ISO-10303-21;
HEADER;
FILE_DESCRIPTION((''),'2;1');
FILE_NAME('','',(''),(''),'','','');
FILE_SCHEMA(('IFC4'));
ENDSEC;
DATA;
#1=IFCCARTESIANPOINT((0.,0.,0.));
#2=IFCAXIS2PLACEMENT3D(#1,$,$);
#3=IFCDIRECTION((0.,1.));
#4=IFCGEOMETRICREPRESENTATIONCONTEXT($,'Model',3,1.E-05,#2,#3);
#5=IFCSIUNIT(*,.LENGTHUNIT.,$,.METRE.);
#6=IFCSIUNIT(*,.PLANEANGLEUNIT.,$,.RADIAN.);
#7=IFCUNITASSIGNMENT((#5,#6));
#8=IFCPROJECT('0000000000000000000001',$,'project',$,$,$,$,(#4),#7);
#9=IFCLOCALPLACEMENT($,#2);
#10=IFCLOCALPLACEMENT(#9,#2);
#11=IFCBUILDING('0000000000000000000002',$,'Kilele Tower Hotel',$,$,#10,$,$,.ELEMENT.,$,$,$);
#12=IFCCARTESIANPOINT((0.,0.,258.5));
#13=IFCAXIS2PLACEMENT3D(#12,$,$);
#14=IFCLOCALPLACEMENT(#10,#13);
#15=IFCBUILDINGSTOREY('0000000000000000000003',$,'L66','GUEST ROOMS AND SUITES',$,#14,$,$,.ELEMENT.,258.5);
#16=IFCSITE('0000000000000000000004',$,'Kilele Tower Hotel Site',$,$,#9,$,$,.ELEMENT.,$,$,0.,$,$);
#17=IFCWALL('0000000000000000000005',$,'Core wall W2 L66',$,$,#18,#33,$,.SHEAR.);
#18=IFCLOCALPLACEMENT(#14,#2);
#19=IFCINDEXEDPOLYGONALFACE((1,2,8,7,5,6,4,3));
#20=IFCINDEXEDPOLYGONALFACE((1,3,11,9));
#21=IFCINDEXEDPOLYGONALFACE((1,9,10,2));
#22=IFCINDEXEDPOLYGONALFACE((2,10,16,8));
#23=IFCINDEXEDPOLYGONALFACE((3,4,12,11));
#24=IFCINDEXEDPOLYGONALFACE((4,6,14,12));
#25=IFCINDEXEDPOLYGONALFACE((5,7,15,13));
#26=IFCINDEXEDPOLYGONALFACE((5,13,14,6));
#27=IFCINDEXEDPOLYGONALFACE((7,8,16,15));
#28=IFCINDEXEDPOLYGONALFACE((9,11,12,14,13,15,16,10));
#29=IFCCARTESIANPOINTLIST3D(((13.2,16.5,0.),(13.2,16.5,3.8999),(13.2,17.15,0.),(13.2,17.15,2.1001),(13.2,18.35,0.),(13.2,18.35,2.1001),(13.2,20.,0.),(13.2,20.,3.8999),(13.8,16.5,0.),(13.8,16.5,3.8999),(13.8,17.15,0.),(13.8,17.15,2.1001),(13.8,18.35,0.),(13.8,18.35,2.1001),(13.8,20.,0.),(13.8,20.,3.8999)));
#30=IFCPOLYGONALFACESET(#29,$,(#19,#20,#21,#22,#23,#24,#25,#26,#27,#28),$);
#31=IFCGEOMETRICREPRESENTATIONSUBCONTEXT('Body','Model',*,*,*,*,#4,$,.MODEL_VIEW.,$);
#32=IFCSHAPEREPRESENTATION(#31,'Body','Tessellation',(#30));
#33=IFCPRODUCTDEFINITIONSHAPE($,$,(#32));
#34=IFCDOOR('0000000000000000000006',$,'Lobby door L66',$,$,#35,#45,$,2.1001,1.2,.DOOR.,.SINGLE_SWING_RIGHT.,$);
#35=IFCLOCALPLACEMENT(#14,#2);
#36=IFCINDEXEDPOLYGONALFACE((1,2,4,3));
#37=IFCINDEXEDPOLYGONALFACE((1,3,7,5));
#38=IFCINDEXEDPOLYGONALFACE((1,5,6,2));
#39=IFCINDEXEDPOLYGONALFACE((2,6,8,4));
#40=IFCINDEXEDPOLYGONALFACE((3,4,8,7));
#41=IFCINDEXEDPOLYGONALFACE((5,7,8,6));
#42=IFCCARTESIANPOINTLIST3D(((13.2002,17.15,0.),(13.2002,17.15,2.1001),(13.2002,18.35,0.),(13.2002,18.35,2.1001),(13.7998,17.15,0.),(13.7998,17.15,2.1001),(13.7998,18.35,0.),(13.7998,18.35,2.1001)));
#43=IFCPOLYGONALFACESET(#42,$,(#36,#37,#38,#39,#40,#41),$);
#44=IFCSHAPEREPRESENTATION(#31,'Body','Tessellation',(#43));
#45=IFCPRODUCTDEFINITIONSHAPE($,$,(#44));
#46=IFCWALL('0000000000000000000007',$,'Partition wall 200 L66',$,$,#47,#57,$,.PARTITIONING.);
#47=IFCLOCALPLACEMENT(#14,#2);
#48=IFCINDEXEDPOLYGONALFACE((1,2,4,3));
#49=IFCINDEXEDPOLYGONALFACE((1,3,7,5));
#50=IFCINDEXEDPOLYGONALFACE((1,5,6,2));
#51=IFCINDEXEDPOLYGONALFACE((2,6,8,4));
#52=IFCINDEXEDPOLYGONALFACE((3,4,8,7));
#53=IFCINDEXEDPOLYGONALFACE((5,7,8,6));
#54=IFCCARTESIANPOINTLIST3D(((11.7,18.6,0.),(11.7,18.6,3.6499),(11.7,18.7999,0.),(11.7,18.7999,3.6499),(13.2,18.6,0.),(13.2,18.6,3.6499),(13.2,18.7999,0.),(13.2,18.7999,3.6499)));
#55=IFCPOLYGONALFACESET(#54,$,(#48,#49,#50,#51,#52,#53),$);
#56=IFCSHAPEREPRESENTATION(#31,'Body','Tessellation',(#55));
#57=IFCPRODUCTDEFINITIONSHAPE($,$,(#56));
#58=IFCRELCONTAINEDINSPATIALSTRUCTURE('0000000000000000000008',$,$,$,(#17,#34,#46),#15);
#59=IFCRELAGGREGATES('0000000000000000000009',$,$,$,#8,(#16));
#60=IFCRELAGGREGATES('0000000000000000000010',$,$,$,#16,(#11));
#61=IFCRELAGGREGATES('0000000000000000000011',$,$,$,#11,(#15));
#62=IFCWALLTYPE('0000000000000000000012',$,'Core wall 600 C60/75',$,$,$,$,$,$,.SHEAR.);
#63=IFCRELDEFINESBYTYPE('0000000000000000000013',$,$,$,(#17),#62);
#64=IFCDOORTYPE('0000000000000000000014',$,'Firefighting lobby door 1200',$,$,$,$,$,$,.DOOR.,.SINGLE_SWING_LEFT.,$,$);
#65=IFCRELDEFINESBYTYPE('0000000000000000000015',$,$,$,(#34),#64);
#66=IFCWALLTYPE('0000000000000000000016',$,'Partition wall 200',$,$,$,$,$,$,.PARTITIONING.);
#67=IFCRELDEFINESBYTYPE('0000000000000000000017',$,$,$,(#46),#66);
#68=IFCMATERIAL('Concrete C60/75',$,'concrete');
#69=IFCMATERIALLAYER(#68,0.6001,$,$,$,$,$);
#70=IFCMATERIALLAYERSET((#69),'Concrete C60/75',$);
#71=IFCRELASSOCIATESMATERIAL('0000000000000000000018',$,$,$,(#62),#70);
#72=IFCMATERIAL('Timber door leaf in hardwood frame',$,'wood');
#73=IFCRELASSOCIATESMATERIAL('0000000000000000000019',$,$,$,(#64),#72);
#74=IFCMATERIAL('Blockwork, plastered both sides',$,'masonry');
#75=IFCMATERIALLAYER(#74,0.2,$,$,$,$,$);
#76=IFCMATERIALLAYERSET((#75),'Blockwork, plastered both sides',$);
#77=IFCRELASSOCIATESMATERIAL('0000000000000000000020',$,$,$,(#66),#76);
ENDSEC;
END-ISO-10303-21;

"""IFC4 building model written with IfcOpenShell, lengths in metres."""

from ifc_helpers import new_model, si_unit, direction, frame, frame_2d, origin, place, context, subcontext, project, spatial, rectangle, extrude, material, layer, layer_set, type_object, element, fill, save


model = new_model("IFC4")

# Units and contexts
model_context = context("Model", 3, precision=1e-05, world=origin(), true_north=direction((0.0, 1.0)))
body_context = subcontext(model_context, "Body", "Model", "MODEL_VIEW")
ifc_project = project(units=[si_unit("LENGTHUNIT", "METRE"), si_unit("PLANEANGLEUNIT", "RADIAN")], contexts=[model_context])

# Site, building, storey
site_placement = place(None, origin())
site = spatial("IfcSite", under=ifc_project, at=site_placement, Name="Kilele Tower Hotel Site", CompositionType="ELEMENT", RefElevation=0.0)
building_placement = place(site_placement, origin())
building = spatial("IfcBuilding", under=site, at=building_placement, Name="Kilele Tower Hotel", CompositionType="ELEMENT")
storey_placement = place(building_placement, frame((0.0, 0.0, 258.5)))
storey = spatial("IfcBuildingStorey", under=building, at=storey_placement, Name="L66", Description="GUEST ROOMS AND SUITES", CompositionType="ELEMENT", Elevation=258.5)

# Shared definitions
ifc_material_1 = material(Name="Concrete C60/75", Category="concrete")
ifc_layer_1 = layer(ifc_material_1, 0.6001)
ifc_layer_set_1 = layer_set([ifc_layer_1], Name="Concrete C60/75")
wall_type_1 = type_object("IfcWallType", Name="Core wall 600 C60/75", PredefinedType="SHEAR", material=ifc_layer_set_1)

# Wall, opening, door
wall_1_placement = place(storey_placement, frame((13.5, 20.0, 0.0), z_axis=(0.0, 0.0, 1.0), x_axis=(0.0, -1.0, 0.0)))
wall_1 = element("IfcWall", 1, at=wall_1_placement, inside=storey, type_object=wall_type_1, Name="Core wall W2 L66", PredefinedType="SHEAR", context=body_context, shape_type="SweptSolid", body=[
    extrude(rectangle(XDim=3.5, YDim=0.6001, at=frame_2d((1.75, 0.0))), origin(), (0.0, 0.0, 1.0), 3.8999),
])
opening_1_placement = place(wall_1_placement, frame((1.6499, 0.0, 0.0)))
opening_1 = element("IfcOpeningElement", 2, at=opening_1_placement, cuts=wall_1, PredefinedType="OPENING", context=body_context, shape_type="SweptSolid", body=[
    extrude(rectangle(XDim=1.2, YDim=2.1001, at=frame_2d((0.6001, 1.05))), frame((0.0, 0.3101, 0.0), z_axis=(0.0, -1.0, 0.0), x_axis=(1.0, 0.0, 0.0)), (0.0, 0.0, 1.0), 0.6201),
])
ifc_material_2 = material(Name="Timber door leaf in hardwood frame", Category="wood")
door_type_1 = type_object("IfcDoorType", Name="Firefighting lobby door 1200", OperationType="SINGLE_SWING_LEFT", PredefinedType="DOOR", material=ifc_material_2)
door_1_placement = place(opening_1_placement, origin())
door_1 = element("IfcDoor", 3, at=door_1_placement, inside=storey, type_object=door_type_1, Name="Lobby door L66", OperationType="SINGLE_SWING_RIGHT", OverallHeight=2.1001, OverallWidth=1.2, PredefinedType="DOOR", context=body_context, shape_type="SweptSolid", body=[
    extrude(rectangle(XDim=1.2, YDim=2.1001, at=frame_2d((0.6001, 1.05))), frame((0.0, 0.2998, 0.0), z_axis=(0.0, -1.0, 0.0), x_axis=(1.0, 0.0, 0.0)), (0.0, 0.0, 1.0), 0.5996),
])
fill(opening_1, door_1)

# Wall
ifc_material_3 = material(Name="Blockwork, plastered both sides", Category="masonry")
ifc_layer_2 = layer(ifc_material_3, 0.2)
ifc_layer_set_2 = layer_set([ifc_layer_2], Name="Blockwork, plastered both sides")
wall_type_2 = type_object("IfcWallType", Name="Partition wall 200", PredefinedType="PARTITIONING", material=ifc_layer_set_2)
wall_2_placement = place(storey_placement, frame((13.2, 18.7, 0.0), z_axis=(0.0, 0.0, 1.0), x_axis=(-1.0, 0.0, 0.0)))
element("IfcWall", 4, at=wall_2_placement, inside=storey, type_object=wall_type_2, Name="Partition wall 200 L66", PredefinedType="PARTITIONING", context=body_context, shape_type="SweptSolid", body=[
    extrude(rectangle(XDim=1.5, YDim=0.2, at=frame_2d((0.75, 0.0))), origin(), (0.0, 0.0, 1.0), 3.6499),
])

save(model, "model.ifc")
